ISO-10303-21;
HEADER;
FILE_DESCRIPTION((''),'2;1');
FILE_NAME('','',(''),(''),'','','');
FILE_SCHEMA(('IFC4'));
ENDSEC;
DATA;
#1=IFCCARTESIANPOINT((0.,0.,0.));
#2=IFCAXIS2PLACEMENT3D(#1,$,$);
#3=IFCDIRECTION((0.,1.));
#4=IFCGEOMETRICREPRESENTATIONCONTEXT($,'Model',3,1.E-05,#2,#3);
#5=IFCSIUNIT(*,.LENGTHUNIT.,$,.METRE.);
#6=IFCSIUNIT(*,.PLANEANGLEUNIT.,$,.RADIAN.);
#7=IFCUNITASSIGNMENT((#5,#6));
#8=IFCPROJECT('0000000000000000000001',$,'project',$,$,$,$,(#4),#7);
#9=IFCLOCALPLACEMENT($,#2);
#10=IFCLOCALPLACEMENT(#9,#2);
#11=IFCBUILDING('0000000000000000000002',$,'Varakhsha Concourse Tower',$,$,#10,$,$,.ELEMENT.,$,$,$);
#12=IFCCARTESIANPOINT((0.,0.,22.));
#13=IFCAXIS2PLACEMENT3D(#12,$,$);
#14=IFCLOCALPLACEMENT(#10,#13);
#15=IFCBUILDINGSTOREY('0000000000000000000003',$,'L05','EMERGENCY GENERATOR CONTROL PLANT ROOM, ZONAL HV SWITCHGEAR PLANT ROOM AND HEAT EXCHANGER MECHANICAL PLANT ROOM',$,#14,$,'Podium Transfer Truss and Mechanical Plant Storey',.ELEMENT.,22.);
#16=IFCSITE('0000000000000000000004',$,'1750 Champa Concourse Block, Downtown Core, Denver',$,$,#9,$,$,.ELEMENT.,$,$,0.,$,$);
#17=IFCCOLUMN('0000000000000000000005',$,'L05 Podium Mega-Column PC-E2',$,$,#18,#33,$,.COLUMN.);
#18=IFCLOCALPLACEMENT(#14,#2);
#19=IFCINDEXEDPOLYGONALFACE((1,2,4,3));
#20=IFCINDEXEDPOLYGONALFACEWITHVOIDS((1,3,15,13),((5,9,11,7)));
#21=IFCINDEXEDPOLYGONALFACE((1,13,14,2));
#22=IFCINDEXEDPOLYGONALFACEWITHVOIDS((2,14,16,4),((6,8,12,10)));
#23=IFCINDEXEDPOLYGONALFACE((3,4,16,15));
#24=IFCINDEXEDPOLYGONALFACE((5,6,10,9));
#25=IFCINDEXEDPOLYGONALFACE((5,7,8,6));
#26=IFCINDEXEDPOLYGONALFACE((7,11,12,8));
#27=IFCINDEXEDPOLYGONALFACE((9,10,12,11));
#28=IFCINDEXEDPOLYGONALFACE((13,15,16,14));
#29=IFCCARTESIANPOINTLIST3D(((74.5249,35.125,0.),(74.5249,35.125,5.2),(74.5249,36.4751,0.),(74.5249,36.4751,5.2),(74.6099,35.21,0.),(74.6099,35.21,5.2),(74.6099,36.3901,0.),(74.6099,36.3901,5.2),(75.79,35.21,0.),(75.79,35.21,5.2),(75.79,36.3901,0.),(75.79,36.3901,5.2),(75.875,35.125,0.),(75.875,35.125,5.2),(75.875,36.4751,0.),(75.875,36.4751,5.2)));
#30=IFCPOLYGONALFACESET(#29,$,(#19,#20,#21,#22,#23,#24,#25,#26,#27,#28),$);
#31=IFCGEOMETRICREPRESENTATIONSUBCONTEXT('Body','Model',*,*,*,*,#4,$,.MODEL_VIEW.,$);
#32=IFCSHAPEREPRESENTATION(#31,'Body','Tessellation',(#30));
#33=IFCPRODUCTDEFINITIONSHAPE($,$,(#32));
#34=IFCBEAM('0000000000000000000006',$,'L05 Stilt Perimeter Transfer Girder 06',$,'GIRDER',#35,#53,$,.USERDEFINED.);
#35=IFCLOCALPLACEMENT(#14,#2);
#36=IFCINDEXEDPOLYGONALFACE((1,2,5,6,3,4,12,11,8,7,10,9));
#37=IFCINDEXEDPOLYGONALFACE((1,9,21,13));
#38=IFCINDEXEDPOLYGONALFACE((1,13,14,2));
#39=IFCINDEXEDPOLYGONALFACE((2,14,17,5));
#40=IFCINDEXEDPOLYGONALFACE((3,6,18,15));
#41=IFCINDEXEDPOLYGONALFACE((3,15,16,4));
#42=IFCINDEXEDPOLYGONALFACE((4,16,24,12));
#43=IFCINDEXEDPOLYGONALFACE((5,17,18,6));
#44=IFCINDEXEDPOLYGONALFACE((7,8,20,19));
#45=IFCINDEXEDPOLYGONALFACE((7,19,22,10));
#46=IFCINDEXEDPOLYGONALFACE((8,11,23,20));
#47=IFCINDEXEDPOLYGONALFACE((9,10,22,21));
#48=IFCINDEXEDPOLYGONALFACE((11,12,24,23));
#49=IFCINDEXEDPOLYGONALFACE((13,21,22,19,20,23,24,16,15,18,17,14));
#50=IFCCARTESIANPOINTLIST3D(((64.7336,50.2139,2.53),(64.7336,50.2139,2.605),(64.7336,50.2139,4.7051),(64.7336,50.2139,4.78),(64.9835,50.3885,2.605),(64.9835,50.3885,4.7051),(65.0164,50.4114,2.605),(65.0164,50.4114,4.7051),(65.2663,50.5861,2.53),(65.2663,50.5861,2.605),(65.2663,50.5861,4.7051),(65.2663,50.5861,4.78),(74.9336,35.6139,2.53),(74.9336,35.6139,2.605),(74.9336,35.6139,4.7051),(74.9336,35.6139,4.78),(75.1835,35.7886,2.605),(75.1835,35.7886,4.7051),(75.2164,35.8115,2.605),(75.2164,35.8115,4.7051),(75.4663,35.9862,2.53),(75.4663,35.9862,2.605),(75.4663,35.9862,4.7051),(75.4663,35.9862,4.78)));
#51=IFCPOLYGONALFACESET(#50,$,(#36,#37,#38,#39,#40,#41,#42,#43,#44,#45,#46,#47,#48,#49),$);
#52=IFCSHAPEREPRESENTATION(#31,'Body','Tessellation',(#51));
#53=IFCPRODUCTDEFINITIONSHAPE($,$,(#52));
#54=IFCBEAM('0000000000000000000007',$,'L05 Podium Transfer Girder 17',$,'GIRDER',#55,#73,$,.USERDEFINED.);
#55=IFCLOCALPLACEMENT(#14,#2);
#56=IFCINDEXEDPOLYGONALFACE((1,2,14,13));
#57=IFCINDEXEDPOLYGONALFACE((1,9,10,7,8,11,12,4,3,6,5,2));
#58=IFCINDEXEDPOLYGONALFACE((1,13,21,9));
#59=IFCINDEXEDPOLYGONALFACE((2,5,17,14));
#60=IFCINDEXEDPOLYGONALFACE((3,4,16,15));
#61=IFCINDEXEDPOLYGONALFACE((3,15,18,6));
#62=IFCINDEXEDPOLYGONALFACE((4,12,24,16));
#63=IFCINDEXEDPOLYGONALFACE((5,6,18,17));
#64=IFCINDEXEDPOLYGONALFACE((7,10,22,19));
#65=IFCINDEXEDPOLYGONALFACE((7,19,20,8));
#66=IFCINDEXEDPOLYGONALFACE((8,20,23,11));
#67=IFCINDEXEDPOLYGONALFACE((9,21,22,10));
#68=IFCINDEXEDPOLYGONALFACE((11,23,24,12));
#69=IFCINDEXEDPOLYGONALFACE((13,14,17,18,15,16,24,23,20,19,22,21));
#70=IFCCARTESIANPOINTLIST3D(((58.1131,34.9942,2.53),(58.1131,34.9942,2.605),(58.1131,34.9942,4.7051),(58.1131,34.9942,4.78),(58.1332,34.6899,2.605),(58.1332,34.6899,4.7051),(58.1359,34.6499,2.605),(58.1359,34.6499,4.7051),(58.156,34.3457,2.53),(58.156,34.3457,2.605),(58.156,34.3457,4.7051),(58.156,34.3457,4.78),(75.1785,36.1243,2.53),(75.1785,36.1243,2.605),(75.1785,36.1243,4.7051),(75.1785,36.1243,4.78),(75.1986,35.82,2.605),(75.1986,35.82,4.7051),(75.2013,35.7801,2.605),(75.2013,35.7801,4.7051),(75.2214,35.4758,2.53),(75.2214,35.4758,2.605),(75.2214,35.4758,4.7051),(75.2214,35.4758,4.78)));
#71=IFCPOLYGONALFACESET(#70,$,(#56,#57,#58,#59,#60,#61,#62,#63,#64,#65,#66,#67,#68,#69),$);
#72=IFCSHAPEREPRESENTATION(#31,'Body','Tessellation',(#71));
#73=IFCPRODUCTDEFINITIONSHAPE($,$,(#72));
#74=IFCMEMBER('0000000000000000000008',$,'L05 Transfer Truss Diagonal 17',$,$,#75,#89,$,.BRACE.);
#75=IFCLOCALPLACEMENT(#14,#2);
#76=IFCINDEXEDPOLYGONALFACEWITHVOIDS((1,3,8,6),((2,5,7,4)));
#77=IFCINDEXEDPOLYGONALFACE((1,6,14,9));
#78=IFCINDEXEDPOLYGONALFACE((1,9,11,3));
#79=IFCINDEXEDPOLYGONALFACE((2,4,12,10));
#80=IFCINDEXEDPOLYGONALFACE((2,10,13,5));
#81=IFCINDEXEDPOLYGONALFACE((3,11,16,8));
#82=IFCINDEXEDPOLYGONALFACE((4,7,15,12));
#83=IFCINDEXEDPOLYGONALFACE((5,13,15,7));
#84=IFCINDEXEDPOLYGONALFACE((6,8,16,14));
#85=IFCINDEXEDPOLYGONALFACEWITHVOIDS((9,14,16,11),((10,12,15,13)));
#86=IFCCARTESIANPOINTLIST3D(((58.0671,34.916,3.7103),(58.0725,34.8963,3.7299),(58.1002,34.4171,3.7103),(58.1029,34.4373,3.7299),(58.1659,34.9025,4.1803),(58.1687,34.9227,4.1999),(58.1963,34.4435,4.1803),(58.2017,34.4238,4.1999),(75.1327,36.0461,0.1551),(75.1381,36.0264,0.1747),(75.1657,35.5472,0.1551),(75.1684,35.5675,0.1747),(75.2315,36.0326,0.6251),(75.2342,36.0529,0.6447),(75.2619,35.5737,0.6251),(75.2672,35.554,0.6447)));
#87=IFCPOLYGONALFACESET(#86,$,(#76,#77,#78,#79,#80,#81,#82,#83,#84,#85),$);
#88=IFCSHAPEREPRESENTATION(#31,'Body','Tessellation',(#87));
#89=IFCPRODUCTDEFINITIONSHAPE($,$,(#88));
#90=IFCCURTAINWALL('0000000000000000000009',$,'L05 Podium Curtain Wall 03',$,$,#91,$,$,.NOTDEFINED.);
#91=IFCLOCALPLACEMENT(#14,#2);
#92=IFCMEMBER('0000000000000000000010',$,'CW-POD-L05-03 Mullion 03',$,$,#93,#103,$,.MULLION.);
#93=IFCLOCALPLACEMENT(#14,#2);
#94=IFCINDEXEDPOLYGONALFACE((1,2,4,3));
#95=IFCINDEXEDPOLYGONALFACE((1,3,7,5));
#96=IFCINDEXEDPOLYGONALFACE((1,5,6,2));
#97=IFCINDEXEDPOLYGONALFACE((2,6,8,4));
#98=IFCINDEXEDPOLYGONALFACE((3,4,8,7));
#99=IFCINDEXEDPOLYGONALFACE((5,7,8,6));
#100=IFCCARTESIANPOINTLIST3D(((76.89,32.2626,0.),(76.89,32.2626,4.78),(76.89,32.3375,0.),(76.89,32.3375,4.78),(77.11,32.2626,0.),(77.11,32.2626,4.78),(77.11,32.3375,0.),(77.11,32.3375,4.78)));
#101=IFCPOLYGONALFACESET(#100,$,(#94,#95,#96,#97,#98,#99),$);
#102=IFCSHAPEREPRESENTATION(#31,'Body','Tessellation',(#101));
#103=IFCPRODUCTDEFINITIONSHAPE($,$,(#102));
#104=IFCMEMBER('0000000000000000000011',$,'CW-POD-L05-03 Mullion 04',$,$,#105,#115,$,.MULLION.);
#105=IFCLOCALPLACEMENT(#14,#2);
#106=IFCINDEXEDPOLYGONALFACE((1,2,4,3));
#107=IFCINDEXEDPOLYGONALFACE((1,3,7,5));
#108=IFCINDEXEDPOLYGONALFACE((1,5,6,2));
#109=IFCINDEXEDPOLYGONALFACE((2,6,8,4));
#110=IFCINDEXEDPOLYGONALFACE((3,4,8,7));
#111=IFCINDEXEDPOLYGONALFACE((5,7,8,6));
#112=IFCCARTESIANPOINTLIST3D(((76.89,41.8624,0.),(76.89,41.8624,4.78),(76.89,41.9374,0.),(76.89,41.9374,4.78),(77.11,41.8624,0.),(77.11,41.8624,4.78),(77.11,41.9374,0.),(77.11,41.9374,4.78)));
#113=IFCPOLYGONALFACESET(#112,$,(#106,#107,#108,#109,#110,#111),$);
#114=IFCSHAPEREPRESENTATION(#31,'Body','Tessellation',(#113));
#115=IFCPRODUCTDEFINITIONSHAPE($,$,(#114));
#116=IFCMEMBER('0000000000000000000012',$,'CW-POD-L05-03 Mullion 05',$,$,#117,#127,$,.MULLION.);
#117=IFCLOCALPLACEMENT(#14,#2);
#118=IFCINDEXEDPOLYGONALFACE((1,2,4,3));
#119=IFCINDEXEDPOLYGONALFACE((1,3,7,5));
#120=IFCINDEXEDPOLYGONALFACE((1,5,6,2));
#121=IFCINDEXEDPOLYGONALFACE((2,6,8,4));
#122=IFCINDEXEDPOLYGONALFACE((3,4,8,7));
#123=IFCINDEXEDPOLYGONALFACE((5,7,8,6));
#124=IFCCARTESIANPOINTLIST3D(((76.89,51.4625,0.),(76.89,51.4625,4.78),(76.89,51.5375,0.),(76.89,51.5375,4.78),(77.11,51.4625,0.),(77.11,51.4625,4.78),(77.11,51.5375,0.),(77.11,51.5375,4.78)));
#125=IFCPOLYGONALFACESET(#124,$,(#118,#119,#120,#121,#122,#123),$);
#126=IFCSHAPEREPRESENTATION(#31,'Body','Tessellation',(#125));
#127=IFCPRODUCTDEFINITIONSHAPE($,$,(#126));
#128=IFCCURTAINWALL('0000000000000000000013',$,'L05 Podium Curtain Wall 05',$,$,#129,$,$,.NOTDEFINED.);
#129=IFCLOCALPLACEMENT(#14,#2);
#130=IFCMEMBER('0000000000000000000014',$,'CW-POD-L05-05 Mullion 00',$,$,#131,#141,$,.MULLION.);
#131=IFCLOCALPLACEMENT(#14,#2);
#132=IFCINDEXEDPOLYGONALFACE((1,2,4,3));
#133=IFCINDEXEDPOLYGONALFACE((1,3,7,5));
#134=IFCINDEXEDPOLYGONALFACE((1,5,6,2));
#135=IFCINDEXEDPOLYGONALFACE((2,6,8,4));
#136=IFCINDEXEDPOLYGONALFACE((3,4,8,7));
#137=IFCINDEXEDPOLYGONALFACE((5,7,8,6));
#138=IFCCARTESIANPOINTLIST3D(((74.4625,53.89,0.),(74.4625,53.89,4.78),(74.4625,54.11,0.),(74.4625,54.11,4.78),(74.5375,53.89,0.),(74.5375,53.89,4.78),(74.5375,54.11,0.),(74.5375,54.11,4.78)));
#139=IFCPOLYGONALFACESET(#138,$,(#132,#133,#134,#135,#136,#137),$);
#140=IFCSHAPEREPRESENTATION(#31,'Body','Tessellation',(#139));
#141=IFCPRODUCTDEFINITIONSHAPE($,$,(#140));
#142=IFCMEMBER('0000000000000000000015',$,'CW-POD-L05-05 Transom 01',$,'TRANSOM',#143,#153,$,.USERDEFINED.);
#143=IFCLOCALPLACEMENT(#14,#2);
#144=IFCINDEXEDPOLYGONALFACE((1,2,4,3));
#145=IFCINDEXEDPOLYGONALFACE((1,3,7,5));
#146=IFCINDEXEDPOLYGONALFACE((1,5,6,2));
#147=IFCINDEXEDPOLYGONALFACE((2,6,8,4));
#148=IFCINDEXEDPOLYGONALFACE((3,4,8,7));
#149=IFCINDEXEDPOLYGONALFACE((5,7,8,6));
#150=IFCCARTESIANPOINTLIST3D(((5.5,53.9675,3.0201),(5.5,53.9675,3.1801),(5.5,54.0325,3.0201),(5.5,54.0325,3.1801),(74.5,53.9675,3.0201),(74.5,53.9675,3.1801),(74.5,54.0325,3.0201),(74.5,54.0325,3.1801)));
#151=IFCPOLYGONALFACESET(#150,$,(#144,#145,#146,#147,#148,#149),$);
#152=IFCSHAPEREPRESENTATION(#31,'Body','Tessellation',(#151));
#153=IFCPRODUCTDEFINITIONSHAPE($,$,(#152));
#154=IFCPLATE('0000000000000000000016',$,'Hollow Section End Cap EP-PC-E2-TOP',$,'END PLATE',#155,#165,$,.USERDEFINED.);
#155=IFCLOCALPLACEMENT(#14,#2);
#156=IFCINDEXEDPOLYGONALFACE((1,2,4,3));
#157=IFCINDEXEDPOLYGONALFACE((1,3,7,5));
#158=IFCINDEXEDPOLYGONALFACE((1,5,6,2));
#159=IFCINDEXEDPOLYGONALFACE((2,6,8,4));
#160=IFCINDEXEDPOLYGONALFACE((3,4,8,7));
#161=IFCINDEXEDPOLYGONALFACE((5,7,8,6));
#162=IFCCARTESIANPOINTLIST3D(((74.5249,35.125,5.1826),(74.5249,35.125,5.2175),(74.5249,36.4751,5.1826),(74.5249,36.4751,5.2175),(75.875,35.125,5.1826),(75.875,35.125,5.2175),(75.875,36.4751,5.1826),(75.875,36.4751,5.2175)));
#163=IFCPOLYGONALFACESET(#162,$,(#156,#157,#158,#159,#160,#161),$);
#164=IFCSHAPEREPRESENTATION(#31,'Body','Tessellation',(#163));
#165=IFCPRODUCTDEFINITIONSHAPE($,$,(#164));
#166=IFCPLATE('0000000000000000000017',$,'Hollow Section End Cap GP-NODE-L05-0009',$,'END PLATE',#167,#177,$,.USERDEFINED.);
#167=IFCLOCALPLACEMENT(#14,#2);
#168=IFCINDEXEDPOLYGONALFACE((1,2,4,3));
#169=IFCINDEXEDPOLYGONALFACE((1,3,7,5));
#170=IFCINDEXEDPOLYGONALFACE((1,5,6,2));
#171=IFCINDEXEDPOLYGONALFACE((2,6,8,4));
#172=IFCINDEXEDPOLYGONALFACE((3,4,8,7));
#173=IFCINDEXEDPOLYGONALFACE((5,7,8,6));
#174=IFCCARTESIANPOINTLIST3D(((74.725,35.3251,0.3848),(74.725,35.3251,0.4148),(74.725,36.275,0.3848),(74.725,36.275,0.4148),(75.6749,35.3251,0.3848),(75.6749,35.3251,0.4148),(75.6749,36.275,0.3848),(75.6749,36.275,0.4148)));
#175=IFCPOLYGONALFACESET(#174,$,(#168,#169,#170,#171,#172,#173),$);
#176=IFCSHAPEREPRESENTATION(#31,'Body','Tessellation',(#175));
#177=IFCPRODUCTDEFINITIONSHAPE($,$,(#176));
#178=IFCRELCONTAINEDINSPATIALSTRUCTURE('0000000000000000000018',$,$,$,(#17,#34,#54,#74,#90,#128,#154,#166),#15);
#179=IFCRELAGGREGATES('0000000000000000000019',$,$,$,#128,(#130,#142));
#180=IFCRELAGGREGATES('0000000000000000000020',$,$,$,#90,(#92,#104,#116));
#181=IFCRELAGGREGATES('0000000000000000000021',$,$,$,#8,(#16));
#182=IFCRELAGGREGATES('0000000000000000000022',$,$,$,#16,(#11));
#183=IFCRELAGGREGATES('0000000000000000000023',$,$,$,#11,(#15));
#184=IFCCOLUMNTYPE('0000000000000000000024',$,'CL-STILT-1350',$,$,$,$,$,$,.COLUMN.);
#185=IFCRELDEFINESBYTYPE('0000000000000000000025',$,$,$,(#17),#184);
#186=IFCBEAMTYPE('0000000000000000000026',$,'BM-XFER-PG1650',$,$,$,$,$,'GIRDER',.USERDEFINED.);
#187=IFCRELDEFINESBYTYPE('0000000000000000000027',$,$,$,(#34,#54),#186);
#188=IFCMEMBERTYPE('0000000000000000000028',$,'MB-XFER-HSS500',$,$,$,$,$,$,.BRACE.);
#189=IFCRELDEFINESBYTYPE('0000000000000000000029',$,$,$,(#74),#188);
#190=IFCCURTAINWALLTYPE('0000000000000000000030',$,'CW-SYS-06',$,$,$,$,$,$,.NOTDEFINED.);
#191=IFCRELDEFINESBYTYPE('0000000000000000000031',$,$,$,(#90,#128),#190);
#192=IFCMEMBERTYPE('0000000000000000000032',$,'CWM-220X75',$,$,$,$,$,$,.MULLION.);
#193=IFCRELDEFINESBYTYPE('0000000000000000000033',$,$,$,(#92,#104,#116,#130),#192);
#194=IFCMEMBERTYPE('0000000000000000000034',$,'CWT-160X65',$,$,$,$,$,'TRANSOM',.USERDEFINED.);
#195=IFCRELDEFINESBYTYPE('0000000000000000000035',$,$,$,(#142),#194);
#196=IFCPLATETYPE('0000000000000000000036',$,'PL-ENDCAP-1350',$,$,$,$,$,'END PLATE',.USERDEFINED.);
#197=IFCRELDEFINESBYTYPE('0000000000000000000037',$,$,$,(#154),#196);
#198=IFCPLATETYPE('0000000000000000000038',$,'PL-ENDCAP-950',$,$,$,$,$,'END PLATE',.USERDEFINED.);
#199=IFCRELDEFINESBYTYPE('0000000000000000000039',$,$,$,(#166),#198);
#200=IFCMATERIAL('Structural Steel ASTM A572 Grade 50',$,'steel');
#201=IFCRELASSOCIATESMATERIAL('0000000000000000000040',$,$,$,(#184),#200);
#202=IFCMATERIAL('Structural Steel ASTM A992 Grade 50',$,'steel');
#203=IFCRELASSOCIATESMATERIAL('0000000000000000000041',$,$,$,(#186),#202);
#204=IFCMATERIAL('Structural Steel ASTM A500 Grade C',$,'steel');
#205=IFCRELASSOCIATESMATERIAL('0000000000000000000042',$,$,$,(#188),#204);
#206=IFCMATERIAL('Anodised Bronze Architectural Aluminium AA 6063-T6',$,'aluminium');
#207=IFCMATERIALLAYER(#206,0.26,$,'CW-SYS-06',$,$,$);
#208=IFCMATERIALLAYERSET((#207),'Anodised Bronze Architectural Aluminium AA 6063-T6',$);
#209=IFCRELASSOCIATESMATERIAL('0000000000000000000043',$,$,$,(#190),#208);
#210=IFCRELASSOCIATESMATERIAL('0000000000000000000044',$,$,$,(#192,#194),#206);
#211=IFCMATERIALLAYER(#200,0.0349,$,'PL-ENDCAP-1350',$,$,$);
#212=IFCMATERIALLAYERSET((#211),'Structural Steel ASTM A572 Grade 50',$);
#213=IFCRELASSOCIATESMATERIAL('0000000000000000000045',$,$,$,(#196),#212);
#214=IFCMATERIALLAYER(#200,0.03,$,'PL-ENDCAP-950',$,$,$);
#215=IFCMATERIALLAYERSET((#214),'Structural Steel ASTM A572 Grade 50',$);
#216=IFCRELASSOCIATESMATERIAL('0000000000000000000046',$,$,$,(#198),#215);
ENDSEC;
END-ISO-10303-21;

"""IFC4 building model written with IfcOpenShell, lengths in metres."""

from ifc_helpers import new_model, si_unit, direction, frame, origin, origin_2d, place, context, subcontext, project, spatial, rectangle, hollow_rectangle, i_section, extrude, source, transform, mapped, material, layer, layer_set, material_profile, profile_set, type_object, type_shapes, element, aggregate, save


model = new_model("IFC4")

# Units and contexts
model_context = context("Model", 3, precision=1e-05, world=origin(), true_north=direction((0.0, 1.0)))
body_context = subcontext(model_context, "Body", "Model", "MODEL_VIEW")
ifc_project = project(units=[si_unit("LENGTHUNIT", "METRE"), si_unit("PLANEANGLEUNIT", "RADIAN")], contexts=[model_context])

# Site, building, storey
site_placement = place(None, origin())
site = spatial("IfcSite", under=ifc_project, at=site_placement, Name="1750 Champa Concourse Block, Downtown Core, Denver", CompositionType="ELEMENT", RefElevation=0.0)
building_placement = place(site_placement, origin())
building = spatial("IfcBuilding", under=site, at=building_placement, Name="Varakhsha Concourse Tower", CompositionType="ELEMENT")
storey_placement = place(building_placement, frame((0.0, 0.0, 22.0)))
storey = spatial("IfcBuildingStorey", under=building, at=storey_placement, Name="L05", Description="EMERGENCY GENERATOR CONTROL PLANT ROOM, ZONAL HV SWITCHGEAR PLANT ROOM AND HEAT EXCHANGER MECHANICAL PLANT ROOM", LongName="Podium Transfer Truss and Mechanical Plant Storey", CompositionType="ELEMENT", Elevation=22.0)

# Column
ifc_material_1 = material(Name="Structural Steel ASTM A572 Grade 50", Category="steel")
ifc_material_profile_1 = material_profile(ifc_material_1, hollow_rectangle(XDim=1.3501, YDim=1.3501, WallThickness=0.085, at=origin_2d()), Name="BOX 1350x1350x85")
ifc_profile_set_1 = profile_set([ifc_material_profile_1], Name="Structural Steel ASTM A572 Grade 50")
column_type = type_object("IfcColumnType", Name="CL-STILT-1350", PredefinedType="COLUMN", material=ifc_profile_set_1)
column_placement = place(storey_placement, frame((75.2, 35.8, 0.0), z_axis=(0.0, 0.0, 1.0), x_axis=(1.0, 0.0, 0.0)))
element("IfcColumn", 1, at=column_placement, inside=storey, type_object=column_type, Name="L05 Podium Mega-Column PC-E2", PredefinedType="COLUMN", context=body_context, shape_type="SweptSolid", body=[
    extrude(hollow_rectangle(XDim=1.3501, YDim=1.3501, WallThickness=0.085, at=origin_2d()), origin(), (0.0, 0.0, 1.0), 5.2),
])

# Beams
ifc_material_2 = material(Name="Structural Steel ASTM A992 Grade 50", Category="steel")
ifc_material_profile_2 = material_profile(ifc_material_2, i_section(OverallWidth=0.6499, OverallDepth=2.25, WebThickness=0.04, FlangeThickness=0.075, at=origin_2d()), Name="PG 2250x650x75x40")
ifc_profile_set_2 = profile_set([ifc_material_profile_2], Name="Structural Steel ASTM A992 Grade 50")
beam_type = type_object("IfcBeamType", Name="BM-XFER-PG1650", ElementType="GIRDER", PredefinedType="USERDEFINED", material=ifc_profile_set_2)
beam_1_placement = place(storey_placement, frame((75.2, 35.8, 3.655), z_axis=(-0.57271, 0.819758, 0.0), x_axis=(-0.819758, -0.57271, 0.0)))
element("IfcBeam", 2, at=beam_1_placement, inside=storey, type_object=beam_type, Name="L05 Stilt Perimeter Transfer Girder 06", ObjectType="GIRDER", PredefinedType="USERDEFINED", context=body_context, shape_type="SweptSolid", body=[
    extrude(i_section(OverallWidth=0.6499, OverallDepth=2.25, WebThickness=0.04, FlangeThickness=0.075, at=origin_2d()), origin(), (0.0, 0.0, 1.0), 17.8101),
])
beam_2_placement = place(storey_placement, frame((75.2, 35.8, 3.655), z_axis=(-0.997814, -0.066078, 0.0), x_axis=(0.066078, -0.997814, 0.0)))
element("IfcBeam", 3, at=beam_2_placement, inside=storey, type_object=beam_type, Name="L05 Podium Transfer Girder 17", ObjectType="GIRDER", PredefinedType="USERDEFINED", context=body_context, shape_type="SweptSolid", body=[
    extrude(i_section(OverallWidth=0.6499, OverallDepth=2.25, WebThickness=0.04, FlangeThickness=0.075, at=origin_2d()), origin(), (0.0, 0.0, 1.0), 17.1028),
])

# Member
ifc_material_3 = material(Name="Structural Steel ASTM A500 Grade C", Category="steel")
ifc_material_profile_3 = material_profile(ifc_material_3, hollow_rectangle(XDim=0.5, YDim=0.5, WallThickness=0.02, at=origin_2d()), Name="HSS 500x500x20")
ifc_profile_set_3 = profile_set([ifc_material_profile_3], Name="Structural Steel ASTM A500 Grade C")
member_type_1 = type_object("IfcMemberType", Name="MB-XFER-HSS500", PredefinedType="BRACE", material=ifc_profile_set_3)
shared_shape_1 = source(origin(), body_context, "Body", "SweptSolid", [
    extrude(hollow_rectangle(XDim=0.5, YDim=0.5, WallThickness=0.02, at=origin_2d()), origin(), (0.0, 0.0, 1.0), 17.4685),
])
type_shapes(member_type_1, [shared_shape_1])
member_1_placement = place(storey_placement, frame((75.2, 35.8, 0.3999), z_axis=(-0.976931, -0.064695, 0.20352), x_axis=(0.066078, -0.997814, 0.0)))
element("IfcMember", 4, at=member_1_placement, inside=storey, type_object=member_type_1, Name="L05 Transfer Truss Diagonal 17", PredefinedType="BRACE", context=body_context, shape_type="MappedRepresentation", body=[
    mapped(shared_shape_1, transform((0.0, 0.0, 0.0), scale=1.0)),
])

# Curtain walls, members
ifc_material_4 = material(Name="Anodised Bronze Architectural Aluminium AA 6063-T6", Category="aluminium")
ifc_layer_1 = layer(ifc_material_4, 0.26, Name="CW-SYS-06")
ifc_layer_set_1 = layer_set([ifc_layer_1], Name="Anodised Bronze Architectural Aluminium AA 6063-T6")
curtain_wall_type = type_object("IfcCurtainWallType", Name="CW-SYS-06", PredefinedType="NOTDEFINED", material=ifc_layer_set_1)
curtain_wall_1_placement = place(storey_placement, origin())
curtain_wall_1 = element("IfcCurtainWall", 5, at=curtain_wall_1_placement, inside=storey, type_object=curtain_wall_type, Name="L05 Podium Curtain Wall 03", PredefinedType="NOTDEFINED")
ifc_material_profile_4 = material_profile(ifc_material_4, rectangle(XDim=0.075, YDim=0.22, at=origin_2d()), Name="CWM-220X75")
ifc_profile_set_4 = profile_set([ifc_material_profile_4], Name="Anodised Bronze Architectural Aluminium AA 6063-T6")
member_type_2 = type_object("IfcMemberType", Name="CWM-220X75", PredefinedType="MULLION", material=ifc_profile_set_4)
shared_shape_2 = source(origin(), body_context, "Body", "SweptSolid", [
    extrude(rectangle(XDim=0.075, YDim=0.22, at=origin_2d()), origin(), (0.0, 0.0, 1.0), 4.78),
])
type_shapes(member_type_2, [shared_shape_2])
member_2_placement = place(storey_placement, frame((77.0, 32.3, 0.0), z_axis=(0.0, 0.0, 1.0), x_axis=(0.0, 1.0, 0.0)))
member_2 = element("IfcMember", 6, at=member_2_placement, type_object=member_type_2, Name="CW-POD-L05-03 Mullion 03", PredefinedType="MULLION", context=body_context, shape_type="MappedRepresentation", body=[
    mapped(shared_shape_2, transform((0.0, 0.0, 0.0), scale=1.0)),
])
member_3_placement = place(storey_placement, frame((77.0, 41.8999, 0.0), z_axis=(0.0, 0.0, 1.0), x_axis=(0.0, 1.0, 0.0)))
member_3 = element("IfcMember", 7, at=member_3_placement, type_object=member_type_2, Name="CW-POD-L05-03 Mullion 04", PredefinedType="MULLION", context=body_context, shape_type="MappedRepresentation", body=[
    mapped(shared_shape_2, transform((0.0, 0.0, 0.0), scale=1.0)),
])
member_4_placement = place(storey_placement, frame((77.0, 51.5, 0.0), z_axis=(0.0, 0.0, 1.0), x_axis=(0.0, 1.0, 0.0)))
member_4 = element("IfcMember", 8, at=member_4_placement, type_object=member_type_2, Name="CW-POD-L05-03 Mullion 05", PredefinedType="MULLION", context=body_context, shape_type="MappedRepresentation", body=[
    mapped(shared_shape_2, transform((0.0, 0.0, 0.0), scale=1.0)),
])
curtain_wall_2_placement = place(storey_placement, origin())
curtain_wall_2 = element("IfcCurtainWall", 9, at=curtain_wall_2_placement, inside=storey, type_object=curtain_wall_type, Name="L05 Podium Curtain Wall 05", PredefinedType="NOTDEFINED")
member_5_placement = place(storey_placement, frame((74.5, 54.0, 0.0), z_axis=(0.0, 0.0, 1.0), x_axis=(-1.0, 0.0, 0.0)))
member_5 = element("IfcMember", 10, at=member_5_placement, type_object=member_type_2, Name="CW-POD-L05-05 Mullion 00", PredefinedType="MULLION", context=body_context, shape_type="MappedRepresentation", body=[
    mapped(shared_shape_2, transform((0.0, 0.0, 0.0), scale=1.0)),
])
ifc_material_profile_5 = material_profile(ifc_material_4, rectangle(XDim=0.0649, YDim=0.1599, at=origin_2d()), Name="CWT-160X65")
ifc_profile_set_5 = profile_set([ifc_material_profile_5], Name="Anodised Bronze Architectural Aluminium AA 6063-T6")
member_type_3 = type_object("IfcMemberType", Name="CWT-160X65", ElementType="TRANSOM", PredefinedType="USERDEFINED", material=ifc_profile_set_5)
shared_shape_3 = source(origin(), body_context, "Body", "SweptSolid", [
    extrude(rectangle(XDim=0.0649, YDim=0.1599, at=origin_2d()), origin(), (0.0, 0.0, 1.0), 69.0),
])
type_shapes(member_type_3, [shared_shape_3])
member_6_placement = place(storey_placement, frame((74.5, 54.0, 3.1001), z_axis=(-1.0, 0.0, 0.0), x_axis=(0.0, -1.0, 0.0)))
member_6 = element("IfcMember", 11, at=member_6_placement, type_object=member_type_3, Name="CW-POD-L05-05 Transom 01", ObjectType="TRANSOM", PredefinedType="USERDEFINED", context=body_context, shape_type="MappedRepresentation", body=[
    mapped(shared_shape_3, transform((0.0, 0.0, 0.0), scale=1.0)),
])

# Plates
ifc_layer_2 = layer(ifc_material_1, 0.0349, Name="PL-ENDCAP-1350")
ifc_layer_set_2 = layer_set([ifc_layer_2], Name="Structural Steel ASTM A572 Grade 50")
plate_type_1 = type_object("IfcPlateType", Name="PL-ENDCAP-1350", ElementType="END PLATE", PredefinedType="USERDEFINED", material=ifc_layer_set_2)
shared_shape_4 = source(origin(), body_context, "Body", "SweptSolid", [
    extrude(rectangle(XDim=1.3501, YDim=1.3501, at=origin_2d()), origin(), (0.0, 0.0, 1.0), 0.0349),
])
type_shapes(plate_type_1, [shared_shape_4])
plate_1_placement = place(storey_placement, frame((75.2, 35.8, 5.1826), z_axis=(0.0, 0.0, 1.0), x_axis=(1.0, 0.0, 0.0)))
element("IfcPlate", 12, at=plate_1_placement, inside=storey, type_object=plate_type_1, Name="Hollow Section End Cap EP-PC-E2-TOP", ObjectType="END PLATE", PredefinedType="USERDEFINED", context=body_context, shape_type="MappedRepresentation", body=[
    mapped(shared_shape_4, transform((0.0, 0.0, 0.0), scale=1.0)),
])
ifc_layer_3 = layer(ifc_material_1, 0.03, Name="PL-ENDCAP-950")
ifc_layer_set_3 = layer_set([ifc_layer_3], Name="Structural Steel ASTM A572 Grade 50")
plate_type_2 = type_object("IfcPlateType", Name="PL-ENDCAP-950", ElementType="END PLATE", PredefinedType="USERDEFINED", material=ifc_layer_set_3)
shared_shape_5 = source(origin(), body_context, "Body", "SweptSolid", [
    extrude(rectangle(XDim=0.95, YDim=0.95, at=origin_2d()), origin(), (0.0, 0.0, 1.0), 0.03),
])
type_shapes(plate_type_2, [shared_shape_5])
plate_2_placement = place(storey_placement, frame((75.2, 35.8, 0.3848), z_axis=(0.0, 0.0, 1.0), x_axis=(1.0, 0.0, 0.0)))
element("IfcPlate", 13, at=plate_2_placement, inside=storey, type_object=plate_type_2, Name="Hollow Section End Cap GP-NODE-L05-0009", ObjectType="END PLATE", PredefinedType="USERDEFINED", context=body_context, shape_type="MappedRepresentation", body=[
    mapped(shared_shape_5, transform((0.0, 0.0, 0.0), scale=1.0)),
])

aggregate(curtain_wall_2, [member_5, member_6])
aggregate(curtain_wall_1, [member_2, member_3, member_4])

save(model, "model.ifc")
